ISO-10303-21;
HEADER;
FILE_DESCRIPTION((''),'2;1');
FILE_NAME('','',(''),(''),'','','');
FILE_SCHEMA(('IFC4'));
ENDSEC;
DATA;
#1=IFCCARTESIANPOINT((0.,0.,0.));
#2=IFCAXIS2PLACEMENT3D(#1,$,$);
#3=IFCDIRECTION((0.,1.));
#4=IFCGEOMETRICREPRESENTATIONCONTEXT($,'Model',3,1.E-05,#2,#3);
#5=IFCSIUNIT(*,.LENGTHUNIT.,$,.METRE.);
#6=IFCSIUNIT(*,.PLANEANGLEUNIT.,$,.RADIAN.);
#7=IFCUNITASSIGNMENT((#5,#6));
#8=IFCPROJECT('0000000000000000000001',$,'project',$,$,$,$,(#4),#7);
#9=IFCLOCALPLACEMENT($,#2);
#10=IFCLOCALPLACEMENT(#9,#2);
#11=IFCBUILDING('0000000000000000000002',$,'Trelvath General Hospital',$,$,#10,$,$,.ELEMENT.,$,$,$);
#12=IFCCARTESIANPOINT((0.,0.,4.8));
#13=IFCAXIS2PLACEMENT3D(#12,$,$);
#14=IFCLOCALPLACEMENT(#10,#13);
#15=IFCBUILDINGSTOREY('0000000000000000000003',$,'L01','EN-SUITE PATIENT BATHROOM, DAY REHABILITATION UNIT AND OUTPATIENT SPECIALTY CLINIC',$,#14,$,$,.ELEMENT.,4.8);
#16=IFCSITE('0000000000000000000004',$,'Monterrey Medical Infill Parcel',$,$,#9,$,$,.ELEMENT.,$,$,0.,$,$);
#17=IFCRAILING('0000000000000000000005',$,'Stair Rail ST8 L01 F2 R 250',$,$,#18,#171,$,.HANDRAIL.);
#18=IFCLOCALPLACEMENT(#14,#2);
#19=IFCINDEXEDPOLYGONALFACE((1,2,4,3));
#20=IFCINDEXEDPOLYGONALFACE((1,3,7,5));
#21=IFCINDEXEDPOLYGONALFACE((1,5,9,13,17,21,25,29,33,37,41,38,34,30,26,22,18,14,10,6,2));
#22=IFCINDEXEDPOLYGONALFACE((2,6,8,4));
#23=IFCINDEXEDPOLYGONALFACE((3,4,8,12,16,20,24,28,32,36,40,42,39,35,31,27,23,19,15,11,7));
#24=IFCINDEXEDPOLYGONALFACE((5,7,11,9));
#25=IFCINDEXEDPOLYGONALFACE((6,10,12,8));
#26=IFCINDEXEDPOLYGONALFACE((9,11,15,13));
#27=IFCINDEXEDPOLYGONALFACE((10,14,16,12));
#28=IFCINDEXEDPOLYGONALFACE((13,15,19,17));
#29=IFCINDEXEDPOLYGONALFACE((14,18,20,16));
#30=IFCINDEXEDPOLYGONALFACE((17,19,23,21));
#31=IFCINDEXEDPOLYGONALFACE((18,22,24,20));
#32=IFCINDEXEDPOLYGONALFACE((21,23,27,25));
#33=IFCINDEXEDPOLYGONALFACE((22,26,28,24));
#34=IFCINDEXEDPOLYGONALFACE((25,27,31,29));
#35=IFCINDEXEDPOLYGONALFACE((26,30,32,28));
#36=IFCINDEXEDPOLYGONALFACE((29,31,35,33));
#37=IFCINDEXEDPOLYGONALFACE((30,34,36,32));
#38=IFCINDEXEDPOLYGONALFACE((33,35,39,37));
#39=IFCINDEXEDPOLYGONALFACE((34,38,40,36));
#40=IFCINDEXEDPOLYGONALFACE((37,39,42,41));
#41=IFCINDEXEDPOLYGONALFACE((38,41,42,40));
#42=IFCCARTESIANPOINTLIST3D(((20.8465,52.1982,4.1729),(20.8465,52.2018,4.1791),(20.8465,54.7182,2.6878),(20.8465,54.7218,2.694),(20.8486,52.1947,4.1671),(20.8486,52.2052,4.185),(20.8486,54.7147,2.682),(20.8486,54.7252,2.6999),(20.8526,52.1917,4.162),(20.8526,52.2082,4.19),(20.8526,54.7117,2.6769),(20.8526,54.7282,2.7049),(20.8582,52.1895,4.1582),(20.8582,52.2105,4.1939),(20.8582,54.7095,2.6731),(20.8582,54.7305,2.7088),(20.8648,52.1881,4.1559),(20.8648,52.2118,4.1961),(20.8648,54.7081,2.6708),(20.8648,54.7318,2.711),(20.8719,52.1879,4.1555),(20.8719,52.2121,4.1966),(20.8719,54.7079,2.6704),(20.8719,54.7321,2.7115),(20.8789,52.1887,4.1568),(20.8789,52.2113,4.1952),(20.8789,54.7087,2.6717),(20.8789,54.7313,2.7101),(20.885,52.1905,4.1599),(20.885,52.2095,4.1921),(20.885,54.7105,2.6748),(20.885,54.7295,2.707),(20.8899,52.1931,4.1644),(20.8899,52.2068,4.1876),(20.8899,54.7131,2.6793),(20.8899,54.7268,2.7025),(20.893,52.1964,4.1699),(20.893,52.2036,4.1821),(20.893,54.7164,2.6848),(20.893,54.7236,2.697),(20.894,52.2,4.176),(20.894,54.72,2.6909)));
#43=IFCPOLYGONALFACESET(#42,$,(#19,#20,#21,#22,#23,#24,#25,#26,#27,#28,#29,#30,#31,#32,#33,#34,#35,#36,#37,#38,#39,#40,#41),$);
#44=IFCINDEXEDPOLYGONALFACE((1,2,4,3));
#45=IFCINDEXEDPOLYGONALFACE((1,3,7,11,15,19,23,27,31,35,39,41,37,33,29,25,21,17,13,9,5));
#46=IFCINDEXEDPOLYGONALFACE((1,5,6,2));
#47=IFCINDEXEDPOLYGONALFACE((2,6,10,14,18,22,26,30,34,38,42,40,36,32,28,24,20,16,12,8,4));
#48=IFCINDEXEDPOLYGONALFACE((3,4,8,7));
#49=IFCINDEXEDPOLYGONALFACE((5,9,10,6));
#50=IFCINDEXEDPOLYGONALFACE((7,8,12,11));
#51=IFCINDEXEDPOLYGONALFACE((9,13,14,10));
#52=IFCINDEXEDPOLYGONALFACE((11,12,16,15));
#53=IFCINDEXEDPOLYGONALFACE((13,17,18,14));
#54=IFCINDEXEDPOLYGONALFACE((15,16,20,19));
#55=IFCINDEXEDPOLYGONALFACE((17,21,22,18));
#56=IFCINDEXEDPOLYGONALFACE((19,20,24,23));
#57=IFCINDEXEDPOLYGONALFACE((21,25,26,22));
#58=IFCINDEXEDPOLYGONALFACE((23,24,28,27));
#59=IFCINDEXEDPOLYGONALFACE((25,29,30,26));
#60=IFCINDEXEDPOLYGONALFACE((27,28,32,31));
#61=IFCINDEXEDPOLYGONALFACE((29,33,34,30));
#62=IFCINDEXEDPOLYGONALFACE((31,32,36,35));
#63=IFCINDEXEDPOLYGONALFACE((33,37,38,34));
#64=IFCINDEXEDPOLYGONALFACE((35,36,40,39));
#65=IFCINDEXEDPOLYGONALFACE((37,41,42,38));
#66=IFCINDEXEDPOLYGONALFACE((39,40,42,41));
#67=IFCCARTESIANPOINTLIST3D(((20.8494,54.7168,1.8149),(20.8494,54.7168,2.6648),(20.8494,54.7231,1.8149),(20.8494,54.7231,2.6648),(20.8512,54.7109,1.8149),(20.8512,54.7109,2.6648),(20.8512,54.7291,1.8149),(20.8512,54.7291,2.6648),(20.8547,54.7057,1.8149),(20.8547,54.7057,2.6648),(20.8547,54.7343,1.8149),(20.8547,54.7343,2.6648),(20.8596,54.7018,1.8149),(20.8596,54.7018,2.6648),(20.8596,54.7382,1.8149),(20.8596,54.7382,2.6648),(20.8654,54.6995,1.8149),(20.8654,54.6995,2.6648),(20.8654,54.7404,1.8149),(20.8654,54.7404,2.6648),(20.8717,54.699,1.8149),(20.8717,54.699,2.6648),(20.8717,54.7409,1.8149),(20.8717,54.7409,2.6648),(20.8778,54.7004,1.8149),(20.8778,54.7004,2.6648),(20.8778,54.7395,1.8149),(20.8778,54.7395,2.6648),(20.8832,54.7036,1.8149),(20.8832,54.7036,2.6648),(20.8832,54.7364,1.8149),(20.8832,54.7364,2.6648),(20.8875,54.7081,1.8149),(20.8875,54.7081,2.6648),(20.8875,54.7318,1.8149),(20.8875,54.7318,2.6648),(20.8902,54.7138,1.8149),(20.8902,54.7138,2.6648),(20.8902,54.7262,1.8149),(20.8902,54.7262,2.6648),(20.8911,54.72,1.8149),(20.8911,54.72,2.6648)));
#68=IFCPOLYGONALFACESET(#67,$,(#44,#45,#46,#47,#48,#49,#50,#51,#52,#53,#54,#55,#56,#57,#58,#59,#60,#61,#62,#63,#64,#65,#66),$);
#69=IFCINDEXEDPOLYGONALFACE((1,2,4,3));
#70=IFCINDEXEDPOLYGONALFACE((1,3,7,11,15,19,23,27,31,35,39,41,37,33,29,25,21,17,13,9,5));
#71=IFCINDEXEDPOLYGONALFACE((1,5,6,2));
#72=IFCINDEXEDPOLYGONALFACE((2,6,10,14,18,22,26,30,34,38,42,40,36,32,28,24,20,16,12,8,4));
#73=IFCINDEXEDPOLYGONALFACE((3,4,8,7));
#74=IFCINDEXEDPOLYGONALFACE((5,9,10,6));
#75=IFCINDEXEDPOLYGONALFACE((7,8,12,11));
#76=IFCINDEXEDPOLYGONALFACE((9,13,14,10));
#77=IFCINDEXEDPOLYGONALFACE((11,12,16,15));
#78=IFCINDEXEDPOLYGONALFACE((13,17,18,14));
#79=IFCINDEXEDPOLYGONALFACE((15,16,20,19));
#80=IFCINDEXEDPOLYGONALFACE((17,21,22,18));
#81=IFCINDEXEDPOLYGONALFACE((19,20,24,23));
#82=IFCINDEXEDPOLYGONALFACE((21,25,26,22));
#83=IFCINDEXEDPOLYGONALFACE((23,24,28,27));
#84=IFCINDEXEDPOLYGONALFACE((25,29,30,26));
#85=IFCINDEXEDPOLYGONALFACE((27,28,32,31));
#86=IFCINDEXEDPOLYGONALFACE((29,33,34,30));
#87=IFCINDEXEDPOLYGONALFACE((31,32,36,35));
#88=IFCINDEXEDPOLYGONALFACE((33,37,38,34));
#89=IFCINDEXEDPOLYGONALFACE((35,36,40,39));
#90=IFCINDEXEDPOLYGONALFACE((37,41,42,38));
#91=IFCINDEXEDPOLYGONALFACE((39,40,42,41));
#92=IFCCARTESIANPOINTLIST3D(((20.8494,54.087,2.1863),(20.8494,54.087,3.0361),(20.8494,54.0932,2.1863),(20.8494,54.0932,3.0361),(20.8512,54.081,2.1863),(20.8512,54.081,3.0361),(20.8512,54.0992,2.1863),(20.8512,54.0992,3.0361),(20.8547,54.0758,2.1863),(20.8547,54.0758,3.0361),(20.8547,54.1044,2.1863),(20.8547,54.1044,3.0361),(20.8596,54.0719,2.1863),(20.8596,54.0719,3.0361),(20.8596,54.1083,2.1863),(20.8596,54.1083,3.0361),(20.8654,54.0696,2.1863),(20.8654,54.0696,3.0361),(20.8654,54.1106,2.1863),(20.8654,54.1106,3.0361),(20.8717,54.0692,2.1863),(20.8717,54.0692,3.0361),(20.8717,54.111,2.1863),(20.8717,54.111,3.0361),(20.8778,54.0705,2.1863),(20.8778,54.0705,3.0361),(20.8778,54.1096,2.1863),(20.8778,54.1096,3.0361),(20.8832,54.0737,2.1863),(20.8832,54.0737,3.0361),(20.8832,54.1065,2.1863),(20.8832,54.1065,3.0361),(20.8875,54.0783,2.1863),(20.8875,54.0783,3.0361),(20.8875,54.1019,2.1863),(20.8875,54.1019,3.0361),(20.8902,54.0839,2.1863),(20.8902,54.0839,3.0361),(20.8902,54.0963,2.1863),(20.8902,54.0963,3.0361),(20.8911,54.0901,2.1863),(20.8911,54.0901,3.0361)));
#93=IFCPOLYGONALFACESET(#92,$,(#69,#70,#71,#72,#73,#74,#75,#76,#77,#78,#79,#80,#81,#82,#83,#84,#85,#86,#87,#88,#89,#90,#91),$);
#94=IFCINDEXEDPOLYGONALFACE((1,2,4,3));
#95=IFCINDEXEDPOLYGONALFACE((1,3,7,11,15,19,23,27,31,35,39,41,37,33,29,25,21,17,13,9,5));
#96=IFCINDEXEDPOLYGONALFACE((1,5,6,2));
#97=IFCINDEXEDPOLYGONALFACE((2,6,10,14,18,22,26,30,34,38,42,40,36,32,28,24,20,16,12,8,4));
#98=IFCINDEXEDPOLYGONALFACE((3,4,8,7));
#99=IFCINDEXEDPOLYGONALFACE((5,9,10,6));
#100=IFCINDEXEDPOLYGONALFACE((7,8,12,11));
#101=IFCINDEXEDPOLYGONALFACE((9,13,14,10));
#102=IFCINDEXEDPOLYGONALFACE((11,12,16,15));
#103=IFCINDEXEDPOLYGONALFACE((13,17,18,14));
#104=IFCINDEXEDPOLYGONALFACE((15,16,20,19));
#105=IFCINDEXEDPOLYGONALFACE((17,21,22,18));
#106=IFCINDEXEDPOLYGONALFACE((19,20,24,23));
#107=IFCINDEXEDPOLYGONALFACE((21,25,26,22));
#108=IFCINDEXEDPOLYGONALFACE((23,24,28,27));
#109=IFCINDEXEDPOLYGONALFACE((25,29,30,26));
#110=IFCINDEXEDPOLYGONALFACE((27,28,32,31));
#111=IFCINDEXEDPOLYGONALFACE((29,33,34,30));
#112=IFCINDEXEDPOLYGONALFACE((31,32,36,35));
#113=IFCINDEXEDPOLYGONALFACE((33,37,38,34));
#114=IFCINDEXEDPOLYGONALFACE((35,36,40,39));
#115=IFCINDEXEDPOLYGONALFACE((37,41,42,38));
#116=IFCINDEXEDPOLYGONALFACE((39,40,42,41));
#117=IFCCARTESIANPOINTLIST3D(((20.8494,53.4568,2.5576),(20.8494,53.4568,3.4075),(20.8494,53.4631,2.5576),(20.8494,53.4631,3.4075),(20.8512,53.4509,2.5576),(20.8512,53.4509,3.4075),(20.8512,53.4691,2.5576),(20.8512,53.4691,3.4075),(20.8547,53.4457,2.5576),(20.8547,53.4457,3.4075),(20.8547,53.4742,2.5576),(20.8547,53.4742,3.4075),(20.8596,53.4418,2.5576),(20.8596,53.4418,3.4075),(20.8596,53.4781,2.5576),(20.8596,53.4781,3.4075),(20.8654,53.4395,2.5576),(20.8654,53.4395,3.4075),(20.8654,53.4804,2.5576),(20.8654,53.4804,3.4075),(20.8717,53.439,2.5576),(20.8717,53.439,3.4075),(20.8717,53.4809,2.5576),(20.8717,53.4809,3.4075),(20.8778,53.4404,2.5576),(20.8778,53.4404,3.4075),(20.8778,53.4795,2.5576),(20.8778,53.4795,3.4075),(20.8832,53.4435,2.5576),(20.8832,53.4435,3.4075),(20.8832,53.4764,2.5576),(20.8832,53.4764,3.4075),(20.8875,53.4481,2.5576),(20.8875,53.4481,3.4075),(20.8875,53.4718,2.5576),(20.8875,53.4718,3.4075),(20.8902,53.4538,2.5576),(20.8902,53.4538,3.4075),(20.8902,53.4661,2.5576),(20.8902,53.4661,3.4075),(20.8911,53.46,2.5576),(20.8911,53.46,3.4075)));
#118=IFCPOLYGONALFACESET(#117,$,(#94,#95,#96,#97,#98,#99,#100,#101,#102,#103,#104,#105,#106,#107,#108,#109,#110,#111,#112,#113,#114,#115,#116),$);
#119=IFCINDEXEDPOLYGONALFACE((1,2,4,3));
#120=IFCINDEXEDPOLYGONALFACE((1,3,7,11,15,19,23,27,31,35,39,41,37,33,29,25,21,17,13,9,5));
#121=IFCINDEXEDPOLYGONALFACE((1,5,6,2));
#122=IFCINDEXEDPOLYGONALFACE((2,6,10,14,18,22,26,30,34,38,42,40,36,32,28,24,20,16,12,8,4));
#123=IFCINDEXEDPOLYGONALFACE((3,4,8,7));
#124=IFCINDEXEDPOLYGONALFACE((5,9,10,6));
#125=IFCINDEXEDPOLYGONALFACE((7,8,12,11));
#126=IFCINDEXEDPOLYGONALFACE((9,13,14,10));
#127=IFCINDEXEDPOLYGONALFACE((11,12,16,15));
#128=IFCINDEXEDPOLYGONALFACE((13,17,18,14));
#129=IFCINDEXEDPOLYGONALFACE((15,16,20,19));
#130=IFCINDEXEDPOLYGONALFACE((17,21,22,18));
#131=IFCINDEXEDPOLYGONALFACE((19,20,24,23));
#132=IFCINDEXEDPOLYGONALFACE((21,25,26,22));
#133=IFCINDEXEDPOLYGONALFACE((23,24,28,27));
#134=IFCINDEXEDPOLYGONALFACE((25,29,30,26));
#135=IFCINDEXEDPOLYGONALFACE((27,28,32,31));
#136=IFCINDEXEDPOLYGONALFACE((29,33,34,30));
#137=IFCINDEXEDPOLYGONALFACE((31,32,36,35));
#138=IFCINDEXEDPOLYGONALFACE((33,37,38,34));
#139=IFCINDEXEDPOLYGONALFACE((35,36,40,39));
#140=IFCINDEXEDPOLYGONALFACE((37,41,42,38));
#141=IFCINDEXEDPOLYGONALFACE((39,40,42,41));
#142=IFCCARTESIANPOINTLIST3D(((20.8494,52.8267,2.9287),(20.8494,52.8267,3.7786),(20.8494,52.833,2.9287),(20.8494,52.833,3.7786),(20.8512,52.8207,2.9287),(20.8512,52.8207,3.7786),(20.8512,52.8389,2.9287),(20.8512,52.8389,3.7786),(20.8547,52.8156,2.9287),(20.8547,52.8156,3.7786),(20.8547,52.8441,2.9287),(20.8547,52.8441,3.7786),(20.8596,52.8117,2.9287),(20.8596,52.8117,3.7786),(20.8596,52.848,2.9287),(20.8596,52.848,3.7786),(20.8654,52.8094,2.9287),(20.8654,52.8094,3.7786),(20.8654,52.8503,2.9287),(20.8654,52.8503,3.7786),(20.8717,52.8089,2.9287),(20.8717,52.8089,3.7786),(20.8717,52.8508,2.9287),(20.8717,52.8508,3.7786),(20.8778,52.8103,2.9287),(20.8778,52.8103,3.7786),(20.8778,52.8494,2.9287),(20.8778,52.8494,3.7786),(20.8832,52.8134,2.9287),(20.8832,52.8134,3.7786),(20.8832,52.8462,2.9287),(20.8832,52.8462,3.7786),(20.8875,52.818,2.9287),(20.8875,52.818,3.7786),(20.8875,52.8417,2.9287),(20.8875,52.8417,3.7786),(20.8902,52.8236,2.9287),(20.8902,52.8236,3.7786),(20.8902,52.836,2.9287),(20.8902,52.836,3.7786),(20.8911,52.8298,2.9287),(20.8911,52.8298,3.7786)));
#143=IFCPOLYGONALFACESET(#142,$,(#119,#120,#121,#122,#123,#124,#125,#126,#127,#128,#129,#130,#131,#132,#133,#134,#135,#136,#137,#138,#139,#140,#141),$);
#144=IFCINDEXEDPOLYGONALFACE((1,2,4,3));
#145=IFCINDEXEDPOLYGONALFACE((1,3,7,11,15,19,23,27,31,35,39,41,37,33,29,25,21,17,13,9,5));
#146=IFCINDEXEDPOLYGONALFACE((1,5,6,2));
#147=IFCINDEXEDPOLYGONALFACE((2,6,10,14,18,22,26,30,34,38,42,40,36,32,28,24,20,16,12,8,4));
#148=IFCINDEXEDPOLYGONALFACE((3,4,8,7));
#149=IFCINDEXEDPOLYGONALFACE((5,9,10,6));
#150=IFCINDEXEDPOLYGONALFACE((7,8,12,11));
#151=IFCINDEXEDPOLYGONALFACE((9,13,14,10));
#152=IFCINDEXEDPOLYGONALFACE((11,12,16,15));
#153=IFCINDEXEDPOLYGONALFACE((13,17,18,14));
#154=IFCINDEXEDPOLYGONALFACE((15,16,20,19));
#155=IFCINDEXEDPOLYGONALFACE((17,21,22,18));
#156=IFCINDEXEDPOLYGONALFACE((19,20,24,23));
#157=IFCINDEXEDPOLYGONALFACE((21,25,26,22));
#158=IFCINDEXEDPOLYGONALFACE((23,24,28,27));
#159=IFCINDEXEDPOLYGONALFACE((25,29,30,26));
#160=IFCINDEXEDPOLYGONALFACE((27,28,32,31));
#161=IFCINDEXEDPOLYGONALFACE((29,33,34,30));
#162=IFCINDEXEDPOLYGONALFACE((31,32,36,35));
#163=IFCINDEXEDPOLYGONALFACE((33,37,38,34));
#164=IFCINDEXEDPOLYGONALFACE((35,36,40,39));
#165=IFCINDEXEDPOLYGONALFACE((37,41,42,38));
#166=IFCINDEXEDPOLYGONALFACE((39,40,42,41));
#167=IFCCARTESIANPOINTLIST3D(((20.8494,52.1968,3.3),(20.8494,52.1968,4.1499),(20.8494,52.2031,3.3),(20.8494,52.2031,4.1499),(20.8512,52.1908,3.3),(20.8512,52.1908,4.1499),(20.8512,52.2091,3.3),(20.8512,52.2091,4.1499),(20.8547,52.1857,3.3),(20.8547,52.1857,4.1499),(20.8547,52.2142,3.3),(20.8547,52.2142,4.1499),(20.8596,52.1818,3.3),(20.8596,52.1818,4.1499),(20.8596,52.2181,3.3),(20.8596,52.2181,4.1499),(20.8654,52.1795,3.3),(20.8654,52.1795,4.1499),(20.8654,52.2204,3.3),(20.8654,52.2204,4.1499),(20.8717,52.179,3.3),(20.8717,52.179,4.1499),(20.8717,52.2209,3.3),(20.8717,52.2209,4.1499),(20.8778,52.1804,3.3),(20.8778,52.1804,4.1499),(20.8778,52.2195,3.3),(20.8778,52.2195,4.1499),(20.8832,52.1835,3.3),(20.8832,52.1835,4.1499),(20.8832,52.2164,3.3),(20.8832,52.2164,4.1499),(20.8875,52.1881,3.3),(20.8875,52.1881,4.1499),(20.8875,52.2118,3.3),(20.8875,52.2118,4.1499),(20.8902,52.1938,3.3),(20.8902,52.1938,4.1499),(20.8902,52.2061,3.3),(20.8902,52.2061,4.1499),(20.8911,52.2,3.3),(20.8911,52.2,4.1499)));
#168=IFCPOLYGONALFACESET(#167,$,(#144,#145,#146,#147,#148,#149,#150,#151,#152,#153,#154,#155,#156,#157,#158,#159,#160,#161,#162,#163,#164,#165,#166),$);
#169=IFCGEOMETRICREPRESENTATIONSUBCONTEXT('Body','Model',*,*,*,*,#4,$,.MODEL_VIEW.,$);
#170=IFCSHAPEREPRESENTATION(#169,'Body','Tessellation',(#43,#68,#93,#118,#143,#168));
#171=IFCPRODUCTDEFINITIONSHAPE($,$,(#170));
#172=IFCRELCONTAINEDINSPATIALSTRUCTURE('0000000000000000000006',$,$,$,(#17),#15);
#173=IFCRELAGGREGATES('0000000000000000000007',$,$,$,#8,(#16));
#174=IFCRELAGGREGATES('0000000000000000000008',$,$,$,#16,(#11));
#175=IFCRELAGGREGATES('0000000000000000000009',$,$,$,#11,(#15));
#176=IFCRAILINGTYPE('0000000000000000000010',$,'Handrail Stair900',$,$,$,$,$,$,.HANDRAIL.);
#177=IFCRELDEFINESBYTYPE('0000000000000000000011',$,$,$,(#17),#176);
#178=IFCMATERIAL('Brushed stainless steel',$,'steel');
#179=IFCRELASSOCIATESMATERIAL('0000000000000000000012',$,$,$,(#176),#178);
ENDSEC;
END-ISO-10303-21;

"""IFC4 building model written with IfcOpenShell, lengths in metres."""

from ifc_helpers import new_model, si_unit, direction, frame, origin, origin_2d, place, context, subcontext, project, spatial, circle, extrude, material, type_object, element, save


model = new_model("IFC4")

# Units and contexts
model_context = context("Model", 3, precision=1e-05, world=origin(), true_north=direction((0.0, 1.0)))
body_context = subcontext(model_context, "Body", "Model", "MODEL_VIEW")
ifc_project = project(units=[si_unit("LENGTHUNIT", "METRE"), si_unit("PLANEANGLEUNIT", "RADIAN")], contexts=[model_context])

# Site, building, storey
site_placement = place(None, origin())
site = spatial("IfcSite", under=ifc_project, at=site_placement, Name="Monterrey Medical Infill Parcel", CompositionType="ELEMENT", RefElevation=0.0)
building_placement = place(site_placement, origin())
building = spatial("IfcBuilding", under=site, at=building_placement, Name="Trelvath General Hospital", CompositionType="ELEMENT")
storey_placement = place(building_placement, frame((0.0, 0.0, 4.8)))
storey = spatial("IfcBuildingStorey", under=building, at=storey_placement, Name="L01", Description="EN-SUITE PATIENT BATHROOM, DAY REHABILITATION UNIT AND OUTPATIENT SPECIALTY CLINIC", CompositionType="ELEMENT", Elevation=4.8)

# Railing
ifc_material_1 = material(Name="Brushed stainless steel", Category="steel")
railing_type_1 = type_object("IfcRailingType", Name="Handrail Stair900", PredefinedType="HANDRAIL", material=ifc_material_1)
railing_1_placement = place(storey_placement, frame((20.8701, 54.72, 1.8149)))
element("IfcRailing", 1, at=railing_1_placement, inside=storey, type_object=railing_type_1, Name="Stair Rail ST8 L01 F2 R 250", PredefinedType="HANDRAIL", context=body_context, shape_type="SweptSolid", body=[
    extrude(circle(Radius=0.0239, at=origin_2d()), frame((0.0, 0.0, 0.876), z_axis=(0.0, -0.861524, 0.507717), x_axis=(1.0, 0.0, 0.0)), (0.0, 0.0, 1.0), 2.925),
    extrude(circle(Radius=0.021, at=origin_2d()), origin(), (0.0, 0.0, 1.0), 0.8499),
    extrude(circle(Radius=0.021, at=origin_2d()), frame((0.0, -0.6299, 0.3713)), (0.0, 0.0, 1.0), 0.8499),
    extrude(circle(Radius=0.021, at=origin_2d()), frame((0.0, -1.26, 0.7427)), (0.0, 0.0, 1.0), 0.8499),
    extrude(circle(Radius=0.021, at=origin_2d()), frame((0.0, -1.8901, 1.1138)), (0.0, 0.0, 1.0), 0.8499),
    extrude(circle(Radius=0.021, at=origin_2d()), frame((0.0, -2.52, 1.4851)), (0.0, 0.0, 1.0), 0.8499),
])

save(model, "model.ifc")
